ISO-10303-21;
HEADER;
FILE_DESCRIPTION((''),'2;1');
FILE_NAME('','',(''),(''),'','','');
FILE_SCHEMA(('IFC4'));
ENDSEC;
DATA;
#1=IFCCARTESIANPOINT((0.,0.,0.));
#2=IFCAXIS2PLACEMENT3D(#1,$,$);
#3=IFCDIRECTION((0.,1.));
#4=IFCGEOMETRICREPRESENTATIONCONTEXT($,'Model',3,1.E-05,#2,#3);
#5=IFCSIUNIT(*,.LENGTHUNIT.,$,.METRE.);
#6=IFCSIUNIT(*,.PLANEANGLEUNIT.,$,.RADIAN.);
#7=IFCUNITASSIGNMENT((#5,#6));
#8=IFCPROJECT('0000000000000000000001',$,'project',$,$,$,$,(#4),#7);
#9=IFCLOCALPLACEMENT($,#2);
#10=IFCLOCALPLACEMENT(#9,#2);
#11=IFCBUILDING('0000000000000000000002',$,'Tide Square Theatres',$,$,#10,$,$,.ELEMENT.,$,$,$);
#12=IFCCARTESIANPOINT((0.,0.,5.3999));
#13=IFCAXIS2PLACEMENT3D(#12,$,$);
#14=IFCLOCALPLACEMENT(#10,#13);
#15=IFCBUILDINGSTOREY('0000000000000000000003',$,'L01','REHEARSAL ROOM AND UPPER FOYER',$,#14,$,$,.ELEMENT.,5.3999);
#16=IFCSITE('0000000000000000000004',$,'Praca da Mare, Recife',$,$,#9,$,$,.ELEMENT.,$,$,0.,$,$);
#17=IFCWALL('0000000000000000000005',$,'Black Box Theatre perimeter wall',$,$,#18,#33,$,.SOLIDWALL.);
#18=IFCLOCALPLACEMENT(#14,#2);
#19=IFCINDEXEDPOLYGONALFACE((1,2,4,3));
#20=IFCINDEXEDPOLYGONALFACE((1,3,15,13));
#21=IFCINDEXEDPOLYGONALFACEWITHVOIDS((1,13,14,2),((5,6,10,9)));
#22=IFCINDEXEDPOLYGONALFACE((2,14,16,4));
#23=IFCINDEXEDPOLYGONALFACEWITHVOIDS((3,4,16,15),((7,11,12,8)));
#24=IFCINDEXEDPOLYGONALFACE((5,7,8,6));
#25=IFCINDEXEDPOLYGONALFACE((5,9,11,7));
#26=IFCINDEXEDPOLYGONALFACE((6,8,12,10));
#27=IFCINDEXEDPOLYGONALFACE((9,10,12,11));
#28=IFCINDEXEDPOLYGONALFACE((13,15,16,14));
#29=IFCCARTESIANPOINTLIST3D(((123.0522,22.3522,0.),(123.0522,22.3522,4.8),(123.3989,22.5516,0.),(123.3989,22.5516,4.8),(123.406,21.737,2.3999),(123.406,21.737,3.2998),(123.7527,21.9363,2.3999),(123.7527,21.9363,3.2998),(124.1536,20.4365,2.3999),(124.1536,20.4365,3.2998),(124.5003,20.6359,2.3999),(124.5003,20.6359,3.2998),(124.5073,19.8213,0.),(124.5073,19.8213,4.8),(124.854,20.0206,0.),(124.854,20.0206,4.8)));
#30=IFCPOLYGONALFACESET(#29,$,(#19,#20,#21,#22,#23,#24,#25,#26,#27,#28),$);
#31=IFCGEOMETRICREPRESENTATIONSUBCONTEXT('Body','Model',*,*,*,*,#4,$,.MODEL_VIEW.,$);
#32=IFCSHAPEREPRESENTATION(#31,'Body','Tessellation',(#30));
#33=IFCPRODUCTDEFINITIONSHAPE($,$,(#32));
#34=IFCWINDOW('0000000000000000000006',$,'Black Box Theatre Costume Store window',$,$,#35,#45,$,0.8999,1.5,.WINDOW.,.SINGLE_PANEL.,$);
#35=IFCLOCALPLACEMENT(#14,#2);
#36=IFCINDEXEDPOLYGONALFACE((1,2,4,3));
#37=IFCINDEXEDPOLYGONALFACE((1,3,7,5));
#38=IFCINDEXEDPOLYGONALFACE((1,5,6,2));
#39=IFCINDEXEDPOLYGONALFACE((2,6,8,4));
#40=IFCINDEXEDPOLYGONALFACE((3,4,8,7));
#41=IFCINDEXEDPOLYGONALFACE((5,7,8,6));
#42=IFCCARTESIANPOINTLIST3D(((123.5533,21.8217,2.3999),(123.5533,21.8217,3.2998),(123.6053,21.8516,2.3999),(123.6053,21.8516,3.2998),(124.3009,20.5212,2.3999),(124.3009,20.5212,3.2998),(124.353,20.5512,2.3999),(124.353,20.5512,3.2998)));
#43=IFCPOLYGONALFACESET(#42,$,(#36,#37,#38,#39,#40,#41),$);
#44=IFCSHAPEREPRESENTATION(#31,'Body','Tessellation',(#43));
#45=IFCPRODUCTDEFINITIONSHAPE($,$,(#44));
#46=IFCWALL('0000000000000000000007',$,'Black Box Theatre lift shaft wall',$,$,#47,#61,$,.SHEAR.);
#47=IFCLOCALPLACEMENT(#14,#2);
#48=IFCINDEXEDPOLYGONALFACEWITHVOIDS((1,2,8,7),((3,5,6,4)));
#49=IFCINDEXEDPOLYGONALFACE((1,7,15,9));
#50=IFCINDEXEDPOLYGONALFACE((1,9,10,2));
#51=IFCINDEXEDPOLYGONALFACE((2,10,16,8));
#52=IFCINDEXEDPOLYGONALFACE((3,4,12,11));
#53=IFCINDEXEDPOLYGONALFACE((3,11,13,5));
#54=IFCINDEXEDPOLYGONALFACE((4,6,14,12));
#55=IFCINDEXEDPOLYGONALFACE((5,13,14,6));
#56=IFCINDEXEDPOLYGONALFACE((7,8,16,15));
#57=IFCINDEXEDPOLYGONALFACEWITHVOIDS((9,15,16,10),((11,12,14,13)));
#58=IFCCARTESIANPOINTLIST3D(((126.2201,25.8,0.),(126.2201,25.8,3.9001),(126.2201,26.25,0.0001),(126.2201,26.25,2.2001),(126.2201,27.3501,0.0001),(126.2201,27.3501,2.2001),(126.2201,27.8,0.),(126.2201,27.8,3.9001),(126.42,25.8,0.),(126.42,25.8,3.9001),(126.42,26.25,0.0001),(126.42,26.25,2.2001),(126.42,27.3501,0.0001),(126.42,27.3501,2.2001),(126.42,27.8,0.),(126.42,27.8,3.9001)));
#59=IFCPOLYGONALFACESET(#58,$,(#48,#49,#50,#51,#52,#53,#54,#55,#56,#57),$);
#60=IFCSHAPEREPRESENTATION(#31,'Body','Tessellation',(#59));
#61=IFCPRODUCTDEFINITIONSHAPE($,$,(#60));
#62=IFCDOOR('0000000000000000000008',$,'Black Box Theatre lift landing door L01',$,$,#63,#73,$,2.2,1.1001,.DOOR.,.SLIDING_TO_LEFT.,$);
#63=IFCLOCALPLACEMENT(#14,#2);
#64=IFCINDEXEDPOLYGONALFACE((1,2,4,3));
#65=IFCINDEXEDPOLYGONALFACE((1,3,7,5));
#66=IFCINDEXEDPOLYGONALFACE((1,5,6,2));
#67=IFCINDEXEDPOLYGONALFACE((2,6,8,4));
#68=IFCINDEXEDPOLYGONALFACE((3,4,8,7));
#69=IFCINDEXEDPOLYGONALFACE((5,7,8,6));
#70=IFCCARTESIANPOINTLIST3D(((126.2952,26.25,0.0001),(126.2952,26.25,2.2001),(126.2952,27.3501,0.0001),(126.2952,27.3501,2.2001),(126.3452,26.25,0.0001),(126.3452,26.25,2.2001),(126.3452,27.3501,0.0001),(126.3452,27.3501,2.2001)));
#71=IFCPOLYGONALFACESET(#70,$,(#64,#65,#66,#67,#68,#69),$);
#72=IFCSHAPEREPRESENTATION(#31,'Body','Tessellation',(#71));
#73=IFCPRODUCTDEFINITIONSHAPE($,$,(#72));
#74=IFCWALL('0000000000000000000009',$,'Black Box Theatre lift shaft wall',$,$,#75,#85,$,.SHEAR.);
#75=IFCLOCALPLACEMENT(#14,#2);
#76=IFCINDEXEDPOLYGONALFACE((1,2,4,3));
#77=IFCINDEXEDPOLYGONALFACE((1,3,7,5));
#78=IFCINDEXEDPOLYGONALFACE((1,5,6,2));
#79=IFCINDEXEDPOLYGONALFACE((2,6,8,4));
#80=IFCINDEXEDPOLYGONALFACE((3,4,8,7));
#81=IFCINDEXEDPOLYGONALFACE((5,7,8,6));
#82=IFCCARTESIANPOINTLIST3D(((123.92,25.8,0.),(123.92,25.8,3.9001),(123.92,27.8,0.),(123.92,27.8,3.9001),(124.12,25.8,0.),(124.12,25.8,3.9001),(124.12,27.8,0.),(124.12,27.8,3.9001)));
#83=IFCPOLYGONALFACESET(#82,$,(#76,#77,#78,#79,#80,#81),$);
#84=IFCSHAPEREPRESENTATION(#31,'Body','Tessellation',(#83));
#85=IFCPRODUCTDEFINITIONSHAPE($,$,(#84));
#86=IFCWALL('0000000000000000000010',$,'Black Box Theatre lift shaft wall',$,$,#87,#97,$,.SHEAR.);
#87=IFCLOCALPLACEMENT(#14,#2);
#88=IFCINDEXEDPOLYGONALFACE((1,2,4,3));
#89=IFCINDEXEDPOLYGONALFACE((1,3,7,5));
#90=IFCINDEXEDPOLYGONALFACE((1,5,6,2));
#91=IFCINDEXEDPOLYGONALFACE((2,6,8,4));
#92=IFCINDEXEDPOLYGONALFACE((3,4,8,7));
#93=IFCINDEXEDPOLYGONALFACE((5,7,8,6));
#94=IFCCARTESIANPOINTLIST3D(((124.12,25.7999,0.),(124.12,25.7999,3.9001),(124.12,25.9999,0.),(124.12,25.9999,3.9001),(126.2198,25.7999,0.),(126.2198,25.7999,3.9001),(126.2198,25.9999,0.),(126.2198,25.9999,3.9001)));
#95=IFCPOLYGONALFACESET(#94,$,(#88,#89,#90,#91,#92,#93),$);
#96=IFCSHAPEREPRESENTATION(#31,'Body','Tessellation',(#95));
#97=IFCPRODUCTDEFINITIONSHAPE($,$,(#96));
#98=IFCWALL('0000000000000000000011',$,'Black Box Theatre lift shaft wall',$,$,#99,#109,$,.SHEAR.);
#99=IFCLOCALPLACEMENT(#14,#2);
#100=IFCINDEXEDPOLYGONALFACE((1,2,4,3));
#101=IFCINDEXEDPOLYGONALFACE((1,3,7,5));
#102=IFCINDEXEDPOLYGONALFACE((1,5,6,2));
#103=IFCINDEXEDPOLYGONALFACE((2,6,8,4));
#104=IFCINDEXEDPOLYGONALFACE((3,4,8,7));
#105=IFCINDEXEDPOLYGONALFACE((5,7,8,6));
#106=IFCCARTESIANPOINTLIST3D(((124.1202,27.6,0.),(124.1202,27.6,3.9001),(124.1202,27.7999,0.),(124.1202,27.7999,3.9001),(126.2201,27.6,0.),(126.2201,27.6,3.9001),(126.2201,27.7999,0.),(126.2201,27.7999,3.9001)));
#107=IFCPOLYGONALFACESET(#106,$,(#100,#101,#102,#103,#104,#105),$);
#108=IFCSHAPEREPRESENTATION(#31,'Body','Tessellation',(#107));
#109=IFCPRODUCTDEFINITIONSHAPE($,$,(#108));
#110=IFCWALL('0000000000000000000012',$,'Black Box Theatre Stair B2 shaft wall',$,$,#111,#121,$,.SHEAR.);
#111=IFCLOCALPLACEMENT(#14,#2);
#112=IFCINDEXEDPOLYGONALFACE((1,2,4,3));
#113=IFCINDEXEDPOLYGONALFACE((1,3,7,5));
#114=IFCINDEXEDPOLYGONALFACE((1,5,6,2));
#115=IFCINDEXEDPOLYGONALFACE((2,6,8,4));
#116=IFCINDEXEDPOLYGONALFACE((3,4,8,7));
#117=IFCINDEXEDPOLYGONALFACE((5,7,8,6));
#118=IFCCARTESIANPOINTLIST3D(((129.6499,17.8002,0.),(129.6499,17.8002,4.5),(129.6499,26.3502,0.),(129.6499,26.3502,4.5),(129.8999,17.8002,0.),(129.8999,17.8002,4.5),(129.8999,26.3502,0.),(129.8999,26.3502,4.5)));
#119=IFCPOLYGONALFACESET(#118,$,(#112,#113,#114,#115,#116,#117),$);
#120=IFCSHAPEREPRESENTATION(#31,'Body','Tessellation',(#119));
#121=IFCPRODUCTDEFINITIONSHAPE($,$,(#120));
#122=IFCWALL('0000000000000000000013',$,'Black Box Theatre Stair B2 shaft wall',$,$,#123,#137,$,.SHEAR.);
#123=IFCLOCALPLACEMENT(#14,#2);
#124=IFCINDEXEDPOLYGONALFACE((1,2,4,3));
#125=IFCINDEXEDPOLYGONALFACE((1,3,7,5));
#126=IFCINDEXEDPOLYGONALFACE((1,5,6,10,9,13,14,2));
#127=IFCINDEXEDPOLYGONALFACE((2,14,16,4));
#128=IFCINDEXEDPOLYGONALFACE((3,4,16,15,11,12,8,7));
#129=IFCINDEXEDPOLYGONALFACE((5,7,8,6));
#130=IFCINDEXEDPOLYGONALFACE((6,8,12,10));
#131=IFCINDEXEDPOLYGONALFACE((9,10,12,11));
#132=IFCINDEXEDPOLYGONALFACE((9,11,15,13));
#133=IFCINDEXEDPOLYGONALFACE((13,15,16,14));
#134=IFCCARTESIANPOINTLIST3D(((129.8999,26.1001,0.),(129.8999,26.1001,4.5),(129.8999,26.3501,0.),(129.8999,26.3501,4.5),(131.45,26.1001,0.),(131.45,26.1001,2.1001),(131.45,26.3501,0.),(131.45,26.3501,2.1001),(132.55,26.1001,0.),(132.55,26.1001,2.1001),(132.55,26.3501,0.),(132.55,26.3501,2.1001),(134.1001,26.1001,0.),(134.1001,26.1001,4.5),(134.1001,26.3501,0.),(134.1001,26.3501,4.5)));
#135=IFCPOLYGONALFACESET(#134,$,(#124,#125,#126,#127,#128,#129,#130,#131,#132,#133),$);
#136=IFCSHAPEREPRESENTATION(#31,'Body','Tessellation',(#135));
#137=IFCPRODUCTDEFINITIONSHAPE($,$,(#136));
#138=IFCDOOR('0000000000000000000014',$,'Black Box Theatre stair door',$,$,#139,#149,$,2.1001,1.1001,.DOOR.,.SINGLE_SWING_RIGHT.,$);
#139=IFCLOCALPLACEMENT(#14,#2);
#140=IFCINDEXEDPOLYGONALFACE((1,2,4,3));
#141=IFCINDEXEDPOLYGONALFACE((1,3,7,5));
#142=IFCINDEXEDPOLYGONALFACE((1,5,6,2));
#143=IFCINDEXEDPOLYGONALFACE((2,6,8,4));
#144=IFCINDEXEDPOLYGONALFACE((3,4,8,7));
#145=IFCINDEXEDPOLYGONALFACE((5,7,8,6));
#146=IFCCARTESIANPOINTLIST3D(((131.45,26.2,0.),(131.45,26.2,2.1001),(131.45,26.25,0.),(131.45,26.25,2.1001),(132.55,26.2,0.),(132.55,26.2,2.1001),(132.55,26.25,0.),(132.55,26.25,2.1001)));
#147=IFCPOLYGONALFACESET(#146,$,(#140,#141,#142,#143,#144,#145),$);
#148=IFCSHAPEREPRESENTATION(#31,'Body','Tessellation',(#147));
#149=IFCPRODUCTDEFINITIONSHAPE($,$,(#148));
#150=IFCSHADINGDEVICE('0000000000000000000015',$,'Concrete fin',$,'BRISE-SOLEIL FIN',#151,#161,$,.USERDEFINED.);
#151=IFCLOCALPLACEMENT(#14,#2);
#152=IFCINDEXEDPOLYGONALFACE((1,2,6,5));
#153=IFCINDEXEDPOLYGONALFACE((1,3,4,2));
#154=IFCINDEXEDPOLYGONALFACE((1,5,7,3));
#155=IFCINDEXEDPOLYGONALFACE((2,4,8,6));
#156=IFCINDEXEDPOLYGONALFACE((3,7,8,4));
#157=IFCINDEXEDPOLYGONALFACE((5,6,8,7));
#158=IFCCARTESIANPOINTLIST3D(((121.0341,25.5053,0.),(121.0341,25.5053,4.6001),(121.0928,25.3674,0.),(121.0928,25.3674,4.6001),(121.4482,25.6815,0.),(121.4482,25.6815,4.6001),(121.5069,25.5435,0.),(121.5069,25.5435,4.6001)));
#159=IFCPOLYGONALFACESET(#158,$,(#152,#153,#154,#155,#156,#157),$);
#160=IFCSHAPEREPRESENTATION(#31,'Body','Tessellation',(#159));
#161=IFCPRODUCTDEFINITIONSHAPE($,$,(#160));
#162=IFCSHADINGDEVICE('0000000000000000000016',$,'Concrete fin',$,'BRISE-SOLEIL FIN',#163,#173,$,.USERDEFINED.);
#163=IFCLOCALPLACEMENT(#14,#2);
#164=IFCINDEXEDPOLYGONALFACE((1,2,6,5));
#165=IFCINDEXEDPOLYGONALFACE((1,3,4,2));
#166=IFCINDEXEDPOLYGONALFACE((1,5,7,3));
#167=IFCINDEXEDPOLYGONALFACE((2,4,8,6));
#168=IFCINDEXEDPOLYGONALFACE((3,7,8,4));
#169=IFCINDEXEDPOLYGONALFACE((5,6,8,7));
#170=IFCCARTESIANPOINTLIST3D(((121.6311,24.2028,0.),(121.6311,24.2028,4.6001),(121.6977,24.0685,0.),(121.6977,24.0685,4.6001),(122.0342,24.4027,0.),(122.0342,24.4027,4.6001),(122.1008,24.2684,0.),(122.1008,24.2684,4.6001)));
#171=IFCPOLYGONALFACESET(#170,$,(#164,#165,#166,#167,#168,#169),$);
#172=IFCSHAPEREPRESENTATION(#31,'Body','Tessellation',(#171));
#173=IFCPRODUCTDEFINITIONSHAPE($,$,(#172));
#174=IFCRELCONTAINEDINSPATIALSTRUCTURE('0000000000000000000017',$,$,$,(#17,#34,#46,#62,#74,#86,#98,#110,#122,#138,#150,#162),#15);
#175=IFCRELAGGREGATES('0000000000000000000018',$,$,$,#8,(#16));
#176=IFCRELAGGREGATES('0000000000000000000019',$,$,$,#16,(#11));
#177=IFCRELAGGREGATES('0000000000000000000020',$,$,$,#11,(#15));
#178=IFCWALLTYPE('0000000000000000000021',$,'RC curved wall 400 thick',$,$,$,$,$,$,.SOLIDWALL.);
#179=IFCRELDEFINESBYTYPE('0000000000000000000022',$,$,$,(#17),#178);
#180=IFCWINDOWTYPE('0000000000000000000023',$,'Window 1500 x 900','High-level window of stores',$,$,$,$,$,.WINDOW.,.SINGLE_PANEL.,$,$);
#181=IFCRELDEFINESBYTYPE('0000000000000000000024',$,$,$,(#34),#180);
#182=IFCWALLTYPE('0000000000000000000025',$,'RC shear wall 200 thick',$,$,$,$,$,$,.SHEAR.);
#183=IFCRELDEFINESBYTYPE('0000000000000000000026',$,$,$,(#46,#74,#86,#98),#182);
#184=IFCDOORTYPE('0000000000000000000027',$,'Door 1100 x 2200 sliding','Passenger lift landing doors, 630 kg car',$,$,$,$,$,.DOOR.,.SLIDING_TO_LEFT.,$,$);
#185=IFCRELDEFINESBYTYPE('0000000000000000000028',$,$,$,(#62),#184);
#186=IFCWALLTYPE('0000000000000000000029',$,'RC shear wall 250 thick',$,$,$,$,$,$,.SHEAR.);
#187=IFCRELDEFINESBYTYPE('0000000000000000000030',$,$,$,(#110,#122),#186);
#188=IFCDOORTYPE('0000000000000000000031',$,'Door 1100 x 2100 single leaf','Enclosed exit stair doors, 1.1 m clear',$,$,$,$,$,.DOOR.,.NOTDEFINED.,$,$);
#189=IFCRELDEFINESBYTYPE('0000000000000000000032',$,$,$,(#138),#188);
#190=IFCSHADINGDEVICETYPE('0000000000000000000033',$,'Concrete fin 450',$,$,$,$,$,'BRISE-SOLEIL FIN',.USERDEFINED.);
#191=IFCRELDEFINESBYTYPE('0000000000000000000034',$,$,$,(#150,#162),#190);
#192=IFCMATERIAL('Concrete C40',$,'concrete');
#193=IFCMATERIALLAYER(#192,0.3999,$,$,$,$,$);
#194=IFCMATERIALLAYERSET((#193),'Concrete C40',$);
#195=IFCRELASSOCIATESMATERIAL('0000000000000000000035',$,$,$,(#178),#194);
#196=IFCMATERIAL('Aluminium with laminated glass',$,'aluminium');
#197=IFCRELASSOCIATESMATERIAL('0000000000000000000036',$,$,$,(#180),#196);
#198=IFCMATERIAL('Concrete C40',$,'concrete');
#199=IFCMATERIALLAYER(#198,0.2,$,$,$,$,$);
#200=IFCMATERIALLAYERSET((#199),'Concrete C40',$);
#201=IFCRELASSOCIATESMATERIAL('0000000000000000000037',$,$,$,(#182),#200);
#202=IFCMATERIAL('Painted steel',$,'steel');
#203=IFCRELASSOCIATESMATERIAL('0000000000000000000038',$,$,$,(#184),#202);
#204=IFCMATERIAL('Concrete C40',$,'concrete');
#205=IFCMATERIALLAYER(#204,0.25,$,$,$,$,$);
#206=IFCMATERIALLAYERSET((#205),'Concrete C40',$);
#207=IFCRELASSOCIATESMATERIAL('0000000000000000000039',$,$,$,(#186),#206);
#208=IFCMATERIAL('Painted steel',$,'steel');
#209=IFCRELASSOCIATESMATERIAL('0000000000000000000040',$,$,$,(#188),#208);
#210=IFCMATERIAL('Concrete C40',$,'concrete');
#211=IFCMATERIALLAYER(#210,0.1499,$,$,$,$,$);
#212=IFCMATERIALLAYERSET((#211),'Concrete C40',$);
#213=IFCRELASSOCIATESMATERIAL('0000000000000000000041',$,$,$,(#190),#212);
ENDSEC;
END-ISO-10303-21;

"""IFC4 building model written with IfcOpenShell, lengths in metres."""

from ifc_helpers import new_model, si_unit, direction, frame, frame_2d, origin, origin_2d, place, context, subcontext, project, spatial, rectangle, extrude, material, layer, layer_set, type_object, element, fill, save


model = new_model("IFC4")

# Units and contexts
model_context = context("Model", 3, precision=1e-05, world=origin(), true_north=direction((0.0, 1.0)))
body_context = subcontext(model_context, "Body", "Model", "MODEL_VIEW")
ifc_project = project(units=[si_unit("LENGTHUNIT", "METRE"), si_unit("PLANEANGLEUNIT", "RADIAN")], contexts=[model_context])

# Site, building, storey
site_placement = place(None, origin())
site = spatial("IfcSite", under=ifc_project, at=site_placement, Name="Praca da Mare, Recife", CompositionType="ELEMENT", RefElevation=0.0)
building_placement = place(site_placement, origin())
building = spatial("IfcBuilding", under=site, at=building_placement, Name="Tide Square Theatres", CompositionType="ELEMENT")
storey_placement = place(building_placement, frame((0.0, 0.0, 5.3999)))
storey = spatial("IfcBuildingStorey", under=building, at=storey_placement, Name="L01", Description="REHEARSAL ROOM AND UPPER FOYER", CompositionType="ELEMENT", Elevation=5.3999)

# Shared definitions
ifc_material_1 = material(Name="Concrete C40", Category="concrete")
ifc_layer_1 = layer(ifc_material_1, 0.3999)
ifc_layer_set_1 = layer_set([ifc_layer_1], Name="Concrete C40")
wall_type_1 = type_object("IfcWallType", Name="RC curved wall 400 thick", PredefinedType="SOLIDWALL", material=ifc_layer_set_1)

# Wall, opening, window
ifc_material_2 = material(Name="Aluminium with laminated glass", Category="aluminium")
window_type = type_object("IfcWindowType", Name="Window 1500 x 900", Description="High-level window of stores", PartitioningType="SINGLE_PANEL", PredefinedType="WINDOW", material=ifc_material_2)
wall_1_placement = place(storey_placement, frame((123.2256, 22.4519, 0.0), z_axis=(0.0, 0.0, 1.0), x_axis=(0.498407, -0.866943, 0.0)))
wall_1 = element("IfcWall", 1, at=wall_1_placement, inside=storey, type_object=wall_type_1, Name="Black Box Theatre perimeter wall", PredefinedType="SOLIDWALL", context=body_context, shape_type="SweptSolid", body=[
    extrude(rectangle(XDim=2.9194, YDim=0.3999, at=frame_2d((1.4597, 0.0))), origin(), (0.0, 0.0, 1.0), 4.8),
])
opening_1_placement = place(wall_1_placement, frame((0.7097, 0.0, 2.3999)))
opening_1 = element("IfcOpeningElement", 2, at=opening_1_placement, cuts=wall_1, PredefinedType="OPENING", context=body_context, shape_type="SweptSolid", body=[
    extrude(rectangle(XDim=1.5, YDim=0.8999, at=frame_2d((0.75, 0.45))), frame((0.0, 0.21, 0.0), z_axis=(0.0, -1.0, 0.0), x_axis=(1.0, 0.0, 0.0)), (0.0, 0.0, 1.0), 0.4199),
])
window_1_placement = place(opening_1_placement, origin())
window_1 = element("IfcWindow", 3, at=window_1_placement, inside=storey, type_object=window_type, Name="Black Box Theatre Costume Store window", OverallHeight=0.8999, OverallWidth=1.5, PartitioningType="SINGLE_PANEL", PredefinedType="WINDOW", context=body_context, shape_type="SweptSolid", body=[
    extrude(rectangle(XDim=1.5, YDim=0.8999, at=frame_2d((0.75, 0.45))), frame((0.0, 0.03, 0.0), z_axis=(0.0, -1.0, 0.0), x_axis=(1.0, 0.0, 0.0)), (0.0, 0.0, 1.0), 0.0601),
])
fill(opening_1, window_1)

# Wall, opening, door
ifc_material_3 = material(Name="Concrete C40", Category="concrete")
ifc_layer_2 = layer(ifc_material_3, 0.2)
ifc_layer_set_2 = layer_set([ifc_layer_2], Name="Concrete C40")
wall_type_2 = type_object("IfcWallType", Name="RC shear wall 200 thick", PredefinedType="SHEAR", material=ifc_layer_set_2)
wall_2_placement = place(storey_placement, frame((126.3201, 25.8, 0.0), z_axis=(0.0, 0.0, 1.0), x_axis=(0.0, 1.0, 0.0)))
wall_2 = element("IfcWall", 4, at=wall_2_placement, inside=storey, type_object=wall_type_2, Name="Black Box Theatre lift shaft wall", PredefinedType="SHEAR", context=body_context, shape_type="SweptSolid", body=[
    extrude(rectangle(XDim=2.0, YDim=0.2, at=frame_2d((1.0, 0.0))), origin(), (0.0, 0.0, 1.0), 3.9001),
])
opening_2_placement = place(wall_2_placement, frame((0.45, 0.0, 0.0)))
opening_2 = element("IfcOpeningElement", 5, at=opening_2_placement, cuts=wall_2, PredefinedType="OPENING", context=body_context, shape_type="SweptSolid", body=[
    extrude(rectangle(XDim=1.1001, YDim=2.2, at=frame_2d((0.55, 1.1001))), frame((0.0, 0.1099, 0.0), z_axis=(0.0, -1.0, 0.0), x_axis=(1.0, 0.0, 0.0)), (0.0, 0.0, 1.0), 0.22),
])
ifc_material_4 = material(Name="Painted steel", Category="steel")
door_type_1 = type_object("IfcDoorType", Name="Door 1100 x 2200 sliding", Description="Passenger lift landing doors, 630 kg car", OperationType="SLIDING_TO_LEFT", PredefinedType="DOOR", material=ifc_material_4)
door_1_placement = place(opening_2_placement, origin())
door_1 = element("IfcDoor", 6, at=door_1_placement, inside=storey, type_object=door_type_1, Name="Black Box Theatre lift landing door L01", OperationType="SLIDING_TO_LEFT", OverallHeight=2.2, OverallWidth=1.1001, PredefinedType="DOOR", context=body_context, shape_type="SweptSolid", body=[
    extrude(rectangle(XDim=1.1001, YDim=2.2, at=frame_2d((0.55, 1.1001))), frame((0.0, 0.0249, 0.0), z_axis=(0.0, -1.0, 0.0), x_axis=(1.0, 0.0, 0.0)), (0.0, 0.0, 1.0), 0.05),
])
fill(opening_2, door_1)

# Walls
wall_3_placement = place(storey_placement, frame((124.02, 27.8, 0.0), z_axis=(0.0, 0.0, 1.0), x_axis=(0.0, -1.0, 0.0)))
element("IfcWall", 7, at=wall_3_placement, inside=storey, type_object=wall_type_2, Name="Black Box Theatre lift shaft wall", PredefinedType="SHEAR", context=body_context, shape_type="SweptSolid", body=[
    extrude(rectangle(XDim=2.0, YDim=0.2, at=frame_2d((1.0, 0.0))), origin(), (0.0, 0.0, 1.0), 3.9001),
])
for number, where, z_axis, x_axis, name in (
    (8, (124.1201, 25.8999, 0.0), (0.0, 0.0, 1.0), (1.0, 0.0, 0.0), "Black Box Theatre lift shaft wall"),
    (9, (126.22, 27.7, 0.0), (0.0, 0.0, 1.0), (-1.0, 0.0, 0.0), "Black Box Theatre lift shaft wall"),
):
    element("IfcWall", number, at=place(storey_placement, frame(where, z_axis=z_axis, x_axis=x_axis)), inside=storey, type_object=wall_type_2, Name=name, PredefinedType="SHEAR", context=body_context, shape_type="SweptSolid", body=[
        extrude(rectangle(XDim=2.0999, YDim=0.2, at=frame_2d((1.0498, 0.0))), origin(), (0.0, 0.0, 1.0), 3.9001),
    ])
ifc_material_5 = material(Name="Concrete C40", Category="concrete")
ifc_layer_3 = layer(ifc_material_5, 0.25)
ifc_layer_set_3 = layer_set([ifc_layer_3], Name="Concrete C40")
wall_type_3 = type_object("IfcWallType", Name="RC shear wall 250 thick", PredefinedType="SHEAR", material=ifc_layer_set_3)
wall_4_placement = place(storey_placement, frame((129.7749, 26.3501, 0.0), z_axis=(0.0, 0.0, 1.0), x_axis=(0.0, -1.0, 0.0)))
element("IfcWall", 10, at=wall_4_placement, inside=storey, type_object=wall_type_3, Name="Black Box Theatre Stair B2 shaft wall", PredefinedType="SHEAR", context=body_context, shape_type="SweptSolid", body=[
    extrude(rectangle(XDim=8.55, YDim=0.25, at=frame_2d((4.2749, 0.0))), origin(), (0.0, 0.0, 1.0), 4.5),
])

# Wall, opening, door
wall_5_placement = place(storey_placement, frame((129.8999, 26.2251, 0.0), z_axis=(0.0, 0.0, 1.0), x_axis=(1.0, 0.0, 0.0)))
wall_5 = element("IfcWall", 11, at=wall_5_placement, inside=storey, type_object=wall_type_3, Name="Black Box Theatre Stair B2 shaft wall", PredefinedType="SHEAR", context=body_context, shape_type="SweptSolid", body=[
    extrude(rectangle(XDim=4.2002, YDim=0.25, at=frame_2d((2.1001, 0.0))), origin(), (0.0, 0.0, 1.0), 4.5),
])
opening_3_placement = place(wall_5_placement, frame((1.55, 0.0, 0.0)))
opening_3 = element("IfcOpeningElement", 12, at=opening_3_placement, cuts=wall_5, PredefinedType="OPENING", context=body_context, shape_type="SweptSolid", body=[
    extrude(rectangle(XDim=1.1001, YDim=2.1001, at=frame_2d((0.55, 1.05))), frame((0.0, 0.135, 0.0), z_axis=(0.0, -1.0, 0.0), x_axis=(1.0, 0.0, 0.0)), (0.0, 0.0, 1.0), 0.27),
])
ifc_material_6 = material(Name="Painted steel", Category="steel")
door_type_2 = type_object("IfcDoorType", Name="Door 1100 x 2100 single leaf", Description="Enclosed exit stair doors, 1.1 m clear", OperationType="NOTDEFINED", PredefinedType="DOOR", material=ifc_material_6)
door_2_placement = place(opening_3_placement, origin())
door_2 = element("IfcDoor", 13, at=door_2_placement, inside=storey, type_object=door_type_2, Name="Black Box Theatre stair door", OperationType="SINGLE_SWING_RIGHT", OverallHeight=2.1001, OverallWidth=1.1001, PredefinedType="DOOR", context=body_context, shape_type="SweptSolid", body=[
    extrude(rectangle(XDim=1.1001, YDim=2.1001, at=frame_2d((0.55, 1.05))), frame((0.0, 0.0249, 0.0), z_axis=(0.0, -1.0, 0.0), x_axis=(1.0, 0.0, 0.0)), (0.0, 0.0, 1.0), 0.05),
])
fill(opening_3, door_2)

# Shading devices
ifc_material_7 = material(Name="Concrete C40", Category="concrete")
ifc_layer_4 = layer(ifc_material_7, 0.1499)
ifc_layer_set_4 = layer_set([ifc_layer_4], Name="Concrete C40")
shading_device_type = type_object("IfcShadingDeviceType", Name="Concrete fin 450", ElementType="BRISE-SOLEIL FIN", PredefinedType="USERDEFINED", material=ifc_layer_set_4)
for number, where, z_axis, x_axis, name in (
    (14, (121.2705, 25.5244, 0.0), (0.0, 0.0, 1.0), (0.391518, -0.92017, 0.0), "Concrete fin"),
    (15, (121.866, 24.2356, 0.0), (0.0, 0.0, 1.0), (0.444338, -0.895859, 0.0), "Concrete fin"),
):
    element("IfcShadingDevice", number, at=place(storey_placement, frame(where, z_axis=z_axis, x_axis=x_axis)), inside=storey, type_object=shading_device_type, Name=name, ObjectType="BRISE-SOLEIL FIN", PredefinedType="USERDEFINED", context=body_context, shape_type="SweptSolid", body=[
        extrude(rectangle(XDim=0.1499, YDim=0.45, at=origin_2d()), origin(), (0.0, 0.0, 1.0), 4.6001),
    ])

save(model, "model.ifc")
